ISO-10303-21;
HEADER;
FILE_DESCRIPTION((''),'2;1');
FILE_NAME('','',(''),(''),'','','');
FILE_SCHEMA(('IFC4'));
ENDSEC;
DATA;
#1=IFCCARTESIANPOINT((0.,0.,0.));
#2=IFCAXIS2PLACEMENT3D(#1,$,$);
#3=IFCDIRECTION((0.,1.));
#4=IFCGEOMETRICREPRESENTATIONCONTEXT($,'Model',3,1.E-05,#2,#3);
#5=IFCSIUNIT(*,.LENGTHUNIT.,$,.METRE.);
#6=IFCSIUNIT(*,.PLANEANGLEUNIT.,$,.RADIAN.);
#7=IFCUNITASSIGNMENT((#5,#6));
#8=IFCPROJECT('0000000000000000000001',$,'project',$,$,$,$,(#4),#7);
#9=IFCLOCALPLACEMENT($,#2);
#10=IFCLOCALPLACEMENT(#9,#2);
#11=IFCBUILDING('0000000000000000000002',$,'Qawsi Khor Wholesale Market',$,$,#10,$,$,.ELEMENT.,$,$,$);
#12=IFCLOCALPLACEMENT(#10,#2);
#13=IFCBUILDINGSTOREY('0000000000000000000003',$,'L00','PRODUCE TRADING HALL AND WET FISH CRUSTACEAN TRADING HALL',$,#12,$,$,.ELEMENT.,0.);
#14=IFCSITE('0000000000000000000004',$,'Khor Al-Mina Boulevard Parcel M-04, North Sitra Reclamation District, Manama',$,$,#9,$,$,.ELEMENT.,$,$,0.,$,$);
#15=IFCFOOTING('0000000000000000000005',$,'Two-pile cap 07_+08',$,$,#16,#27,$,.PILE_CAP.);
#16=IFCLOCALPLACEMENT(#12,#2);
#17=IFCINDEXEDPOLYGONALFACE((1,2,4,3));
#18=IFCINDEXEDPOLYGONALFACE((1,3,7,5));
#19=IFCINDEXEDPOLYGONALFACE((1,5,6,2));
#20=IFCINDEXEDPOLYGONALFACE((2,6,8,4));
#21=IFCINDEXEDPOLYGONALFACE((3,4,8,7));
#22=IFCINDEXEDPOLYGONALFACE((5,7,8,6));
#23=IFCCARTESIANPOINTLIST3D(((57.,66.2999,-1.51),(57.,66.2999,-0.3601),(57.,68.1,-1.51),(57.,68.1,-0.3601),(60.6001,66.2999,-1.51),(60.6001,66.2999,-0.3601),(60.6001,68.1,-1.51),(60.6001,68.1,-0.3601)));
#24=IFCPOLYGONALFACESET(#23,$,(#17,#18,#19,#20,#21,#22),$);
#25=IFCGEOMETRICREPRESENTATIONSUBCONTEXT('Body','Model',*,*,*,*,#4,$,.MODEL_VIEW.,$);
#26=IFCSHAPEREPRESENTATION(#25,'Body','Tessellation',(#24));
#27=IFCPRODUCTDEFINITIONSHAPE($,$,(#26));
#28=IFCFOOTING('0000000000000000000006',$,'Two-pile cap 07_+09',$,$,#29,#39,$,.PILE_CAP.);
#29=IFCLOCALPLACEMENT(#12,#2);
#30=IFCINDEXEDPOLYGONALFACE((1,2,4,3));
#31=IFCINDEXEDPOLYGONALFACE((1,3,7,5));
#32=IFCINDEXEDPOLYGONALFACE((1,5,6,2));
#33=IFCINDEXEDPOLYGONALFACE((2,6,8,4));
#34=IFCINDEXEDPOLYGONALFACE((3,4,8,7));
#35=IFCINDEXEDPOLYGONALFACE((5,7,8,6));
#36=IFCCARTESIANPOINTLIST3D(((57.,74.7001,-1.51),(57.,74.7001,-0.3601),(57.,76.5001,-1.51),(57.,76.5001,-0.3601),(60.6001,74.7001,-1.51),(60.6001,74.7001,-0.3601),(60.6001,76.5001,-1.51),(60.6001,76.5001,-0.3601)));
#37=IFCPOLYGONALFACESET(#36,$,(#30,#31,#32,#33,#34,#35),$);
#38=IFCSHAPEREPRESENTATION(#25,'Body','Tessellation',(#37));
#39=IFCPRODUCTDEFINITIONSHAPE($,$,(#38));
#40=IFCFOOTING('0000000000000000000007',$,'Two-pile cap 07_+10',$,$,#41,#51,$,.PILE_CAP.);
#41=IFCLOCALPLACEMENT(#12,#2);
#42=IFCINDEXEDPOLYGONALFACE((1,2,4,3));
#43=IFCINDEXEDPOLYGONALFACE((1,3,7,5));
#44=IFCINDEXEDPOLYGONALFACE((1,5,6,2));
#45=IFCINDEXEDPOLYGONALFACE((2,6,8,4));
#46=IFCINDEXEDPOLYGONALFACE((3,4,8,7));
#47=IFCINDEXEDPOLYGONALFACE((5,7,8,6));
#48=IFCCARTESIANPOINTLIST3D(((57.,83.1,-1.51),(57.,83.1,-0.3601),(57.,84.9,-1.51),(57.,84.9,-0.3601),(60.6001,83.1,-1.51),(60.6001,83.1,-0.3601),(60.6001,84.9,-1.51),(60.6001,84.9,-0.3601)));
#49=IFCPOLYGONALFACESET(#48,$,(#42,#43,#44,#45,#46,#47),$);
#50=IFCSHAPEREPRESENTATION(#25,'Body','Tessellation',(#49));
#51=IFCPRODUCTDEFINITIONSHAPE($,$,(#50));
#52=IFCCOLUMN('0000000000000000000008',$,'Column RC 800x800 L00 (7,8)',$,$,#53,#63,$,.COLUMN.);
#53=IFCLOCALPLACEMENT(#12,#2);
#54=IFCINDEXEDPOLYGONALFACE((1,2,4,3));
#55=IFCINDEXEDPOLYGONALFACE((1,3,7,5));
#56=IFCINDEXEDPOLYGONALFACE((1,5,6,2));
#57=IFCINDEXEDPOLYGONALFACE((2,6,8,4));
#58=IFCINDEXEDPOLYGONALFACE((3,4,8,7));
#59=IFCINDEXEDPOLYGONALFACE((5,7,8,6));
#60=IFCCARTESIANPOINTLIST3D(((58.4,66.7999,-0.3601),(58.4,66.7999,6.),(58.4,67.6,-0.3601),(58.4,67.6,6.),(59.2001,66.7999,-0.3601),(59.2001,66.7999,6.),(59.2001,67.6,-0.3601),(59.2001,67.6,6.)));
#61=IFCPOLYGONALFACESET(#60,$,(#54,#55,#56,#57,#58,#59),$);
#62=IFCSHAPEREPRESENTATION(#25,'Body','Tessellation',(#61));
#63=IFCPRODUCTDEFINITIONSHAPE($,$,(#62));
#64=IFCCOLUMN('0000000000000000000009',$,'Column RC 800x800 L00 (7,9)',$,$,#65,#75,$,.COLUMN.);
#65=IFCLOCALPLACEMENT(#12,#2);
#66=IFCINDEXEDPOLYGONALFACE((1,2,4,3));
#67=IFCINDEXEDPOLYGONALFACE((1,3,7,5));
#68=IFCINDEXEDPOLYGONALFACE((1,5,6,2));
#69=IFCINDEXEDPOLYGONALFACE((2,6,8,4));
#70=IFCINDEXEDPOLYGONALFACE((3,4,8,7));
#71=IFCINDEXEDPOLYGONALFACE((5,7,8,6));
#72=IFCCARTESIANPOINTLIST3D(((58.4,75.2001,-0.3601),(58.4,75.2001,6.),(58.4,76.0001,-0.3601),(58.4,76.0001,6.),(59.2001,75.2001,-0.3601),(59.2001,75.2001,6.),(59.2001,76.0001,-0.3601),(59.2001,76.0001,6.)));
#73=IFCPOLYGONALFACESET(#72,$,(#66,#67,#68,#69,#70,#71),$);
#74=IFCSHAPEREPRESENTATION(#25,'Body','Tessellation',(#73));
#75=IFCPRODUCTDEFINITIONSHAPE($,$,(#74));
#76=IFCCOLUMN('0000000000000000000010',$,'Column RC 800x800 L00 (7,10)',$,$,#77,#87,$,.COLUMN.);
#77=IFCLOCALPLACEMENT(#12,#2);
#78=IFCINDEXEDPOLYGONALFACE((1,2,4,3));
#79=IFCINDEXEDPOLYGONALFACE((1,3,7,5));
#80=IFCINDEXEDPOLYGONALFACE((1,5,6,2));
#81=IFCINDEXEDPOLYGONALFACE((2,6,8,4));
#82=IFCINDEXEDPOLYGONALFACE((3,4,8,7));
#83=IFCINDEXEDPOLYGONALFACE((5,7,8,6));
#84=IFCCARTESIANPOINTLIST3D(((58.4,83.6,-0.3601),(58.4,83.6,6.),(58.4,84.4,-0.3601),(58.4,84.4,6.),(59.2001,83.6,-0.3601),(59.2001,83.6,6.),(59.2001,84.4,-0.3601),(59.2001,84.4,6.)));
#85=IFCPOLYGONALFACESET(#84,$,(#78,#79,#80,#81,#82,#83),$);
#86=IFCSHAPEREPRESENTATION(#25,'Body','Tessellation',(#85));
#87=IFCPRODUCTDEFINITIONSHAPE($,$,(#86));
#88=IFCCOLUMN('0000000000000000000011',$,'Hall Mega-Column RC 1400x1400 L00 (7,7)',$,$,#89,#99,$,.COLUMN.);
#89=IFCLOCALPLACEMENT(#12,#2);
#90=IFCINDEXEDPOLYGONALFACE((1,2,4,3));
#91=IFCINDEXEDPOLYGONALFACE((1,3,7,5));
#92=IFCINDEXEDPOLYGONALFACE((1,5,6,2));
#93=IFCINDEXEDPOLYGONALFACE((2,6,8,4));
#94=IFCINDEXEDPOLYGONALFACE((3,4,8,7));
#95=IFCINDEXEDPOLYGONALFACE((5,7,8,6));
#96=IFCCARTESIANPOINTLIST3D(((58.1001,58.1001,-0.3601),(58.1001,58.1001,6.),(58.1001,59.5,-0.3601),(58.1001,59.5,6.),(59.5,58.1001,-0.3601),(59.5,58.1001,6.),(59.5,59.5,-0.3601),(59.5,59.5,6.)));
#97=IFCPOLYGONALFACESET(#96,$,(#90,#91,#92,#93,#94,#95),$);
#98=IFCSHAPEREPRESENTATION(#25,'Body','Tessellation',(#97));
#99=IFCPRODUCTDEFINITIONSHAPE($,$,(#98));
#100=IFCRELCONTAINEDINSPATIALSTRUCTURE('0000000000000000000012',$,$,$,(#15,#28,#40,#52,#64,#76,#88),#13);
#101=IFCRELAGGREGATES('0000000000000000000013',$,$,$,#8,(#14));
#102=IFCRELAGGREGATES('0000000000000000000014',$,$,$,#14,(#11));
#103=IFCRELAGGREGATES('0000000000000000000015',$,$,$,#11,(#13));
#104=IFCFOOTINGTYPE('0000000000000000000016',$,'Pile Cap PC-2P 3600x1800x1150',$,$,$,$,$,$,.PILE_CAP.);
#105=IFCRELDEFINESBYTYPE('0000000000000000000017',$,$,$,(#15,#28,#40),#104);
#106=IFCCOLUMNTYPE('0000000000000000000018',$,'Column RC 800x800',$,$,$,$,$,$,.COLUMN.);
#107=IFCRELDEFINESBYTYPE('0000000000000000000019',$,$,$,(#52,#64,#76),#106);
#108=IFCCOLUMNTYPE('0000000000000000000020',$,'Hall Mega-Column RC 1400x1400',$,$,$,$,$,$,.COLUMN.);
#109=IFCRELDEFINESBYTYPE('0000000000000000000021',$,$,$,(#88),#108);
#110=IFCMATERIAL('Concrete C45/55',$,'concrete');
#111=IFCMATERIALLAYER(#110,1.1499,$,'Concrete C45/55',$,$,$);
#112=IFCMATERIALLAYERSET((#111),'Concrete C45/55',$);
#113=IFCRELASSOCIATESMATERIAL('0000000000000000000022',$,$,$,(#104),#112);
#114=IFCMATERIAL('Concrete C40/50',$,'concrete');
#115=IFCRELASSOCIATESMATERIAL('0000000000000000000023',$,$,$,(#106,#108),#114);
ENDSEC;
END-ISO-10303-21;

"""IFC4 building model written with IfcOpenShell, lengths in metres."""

from ifc_helpers import new_model, si_unit, direction, frame, origin, origin_2d, place, context, subcontext, project, spatial, rectangle, extrude, material, layer, layer_set, material_profile, profile_set, type_object, element, save


model = new_model("IFC4")

# Units and contexts
model_context = context("Model", 3, precision=1e-05, world=origin(), true_north=direction((0.0, 1.0)))
body_context = subcontext(model_context, "Body", "Model", "MODEL_VIEW")
ifc_project = project(units=[si_unit("LENGTHUNIT", "METRE"), si_unit("PLANEANGLEUNIT", "RADIAN")], contexts=[model_context])

# Site, building, storey
site_placement = place(None, origin())
site = spatial("IfcSite", under=ifc_project, at=site_placement, Name="Khor Al-Mina Boulevard Parcel M-04, North Sitra Reclamation District, Manama", CompositionType="ELEMENT", RefElevation=0.0)
building_placement = place(site_placement, origin())
building = spatial("IfcBuilding", under=site, at=building_placement, Name="Qawsi Khor Wholesale Market", CompositionType="ELEMENT")
storey_placement = place(building_placement, origin())
storey = spatial("IfcBuildingStorey", under=building, at=storey_placement, Name="L00", Description="PRODUCE TRADING HALL AND WET FISH CRUSTACEAN TRADING HALL", CompositionType="ELEMENT", Elevation=0.0)

# Shared definitions
ifc_material_1 = material(Name="Concrete C45/55", Category="concrete")

# Footings
ifc_layer = layer(ifc_material_1, 1.1499, Name="Concrete C45/55")
ifc_layer_set = layer_set([ifc_layer], Name="Concrete C45/55")
footing_type_1 = type_object("IfcFootingType", Name="Pile Cap PC-2P 3600x1800x1150", PredefinedType="PILE_CAP", material=ifc_layer_set)
for number, where, z_axis, x_axis, name in (
    (1, (58.8, 67.2, -1.51), (0.0, 0.0, 1.0), (1.0, 0.0, 0.0), "Two-pile cap 07_+08"),
    (2, (58.8, 75.6001, -1.51), (0.0, 0.0, 1.0), (1.0, 0.0, 0.0), "Two-pile cap 07_+09"),
    (3, (58.8, 84.0, -1.51), (0.0, 0.0, 1.0), (1.0, 0.0, 0.0), "Two-pile cap 07_+10"),
):
    element("IfcFooting", number, at=place(storey_placement, frame(where, z_axis=z_axis, x_axis=x_axis)), inside=storey, type_object=footing_type_1, Name=name, PredefinedType="PILE_CAP", context=body_context, shape_type="SweptSolid", body=[
        extrude(rectangle(XDim=3.6001, YDim=1.8, at=origin_2d()), origin(), (0.0, 0.0, 1.0), 1.1499),
    ])

# Columns
ifc_material_2 = material(Name="Concrete C40/50", Category="concrete")
ifc_material_profile_1 = material_profile(ifc_material_2, rectangle(XDim=0.8, YDim=0.8, at=origin_2d()), Name="RC 800x800")
ifc_profile_set_1 = profile_set([ifc_material_profile_1], Name="Concrete C40/50")
column_type_1 = type_object("IfcColumnType", Name="Column RC 800x800", PredefinedType="COLUMN", material=ifc_profile_set_1)
for number, where, z_axis, x_axis, name in (
    (4, (58.8, 67.2, -0.3601), (0.0, 0.0, 1.0), (1.0, 0.0, 0.0), "Column RC 800x800 L00 (7,8)"),
    (5, (58.8, 75.6001, -0.3601), (0.0, 0.0, 1.0), (1.0, 0.0, 0.0), "Column RC 800x800 L00 (7,9)"),
    (6, (58.8, 84.0, -0.3601), (0.0, 0.0, 1.0), (1.0, 0.0, 0.0), "Column RC 800x800 L00 (7,10)"),
):
    element("IfcColumn", number, at=place(storey_placement, frame(where, z_axis=z_axis, x_axis=x_axis)), inside=storey, type_object=column_type_1, Name=name, PredefinedType="COLUMN", context=body_context, shape_type="SweptSolid", body=[
        extrude(rectangle(XDim=0.8, YDim=0.8, at=origin_2d()), origin(), (0.0, 0.0, 1.0), 6.3601),
    ])
ifc_material_profile_2 = material_profile(ifc_material_2, rectangle(XDim=1.3999, YDim=1.3999, at=origin_2d()), Name="RC 1400x1400")
ifc_profile_set_2 = profile_set([ifc_material_profile_2], Name="Concrete C40/50")
column_type_2 = type_object("IfcColumnType", Name="Hall Mega-Column RC 1400x1400", PredefinedType="COLUMN", material=ifc_profile_set_2)
column_placement = place(storey_placement, frame((58.8, 58.8, -0.3601), z_axis=(0.0, 0.0, 1.0), x_axis=(1.0, 0.0, 0.0)))
element("IfcColumn", 7, at=column_placement, inside=storey, type_object=column_type_2, Name="Hall Mega-Column RC 1400x1400 L00 (7,7)", PredefinedType="COLUMN", context=body_context, shape_type="SweptSolid", body=[
    extrude(rectangle(XDim=1.3999, YDim=1.3999, at=origin_2d()), origin(), (0.0, 0.0, 1.0), 6.3601),
])

save(model, "model.ifc")
